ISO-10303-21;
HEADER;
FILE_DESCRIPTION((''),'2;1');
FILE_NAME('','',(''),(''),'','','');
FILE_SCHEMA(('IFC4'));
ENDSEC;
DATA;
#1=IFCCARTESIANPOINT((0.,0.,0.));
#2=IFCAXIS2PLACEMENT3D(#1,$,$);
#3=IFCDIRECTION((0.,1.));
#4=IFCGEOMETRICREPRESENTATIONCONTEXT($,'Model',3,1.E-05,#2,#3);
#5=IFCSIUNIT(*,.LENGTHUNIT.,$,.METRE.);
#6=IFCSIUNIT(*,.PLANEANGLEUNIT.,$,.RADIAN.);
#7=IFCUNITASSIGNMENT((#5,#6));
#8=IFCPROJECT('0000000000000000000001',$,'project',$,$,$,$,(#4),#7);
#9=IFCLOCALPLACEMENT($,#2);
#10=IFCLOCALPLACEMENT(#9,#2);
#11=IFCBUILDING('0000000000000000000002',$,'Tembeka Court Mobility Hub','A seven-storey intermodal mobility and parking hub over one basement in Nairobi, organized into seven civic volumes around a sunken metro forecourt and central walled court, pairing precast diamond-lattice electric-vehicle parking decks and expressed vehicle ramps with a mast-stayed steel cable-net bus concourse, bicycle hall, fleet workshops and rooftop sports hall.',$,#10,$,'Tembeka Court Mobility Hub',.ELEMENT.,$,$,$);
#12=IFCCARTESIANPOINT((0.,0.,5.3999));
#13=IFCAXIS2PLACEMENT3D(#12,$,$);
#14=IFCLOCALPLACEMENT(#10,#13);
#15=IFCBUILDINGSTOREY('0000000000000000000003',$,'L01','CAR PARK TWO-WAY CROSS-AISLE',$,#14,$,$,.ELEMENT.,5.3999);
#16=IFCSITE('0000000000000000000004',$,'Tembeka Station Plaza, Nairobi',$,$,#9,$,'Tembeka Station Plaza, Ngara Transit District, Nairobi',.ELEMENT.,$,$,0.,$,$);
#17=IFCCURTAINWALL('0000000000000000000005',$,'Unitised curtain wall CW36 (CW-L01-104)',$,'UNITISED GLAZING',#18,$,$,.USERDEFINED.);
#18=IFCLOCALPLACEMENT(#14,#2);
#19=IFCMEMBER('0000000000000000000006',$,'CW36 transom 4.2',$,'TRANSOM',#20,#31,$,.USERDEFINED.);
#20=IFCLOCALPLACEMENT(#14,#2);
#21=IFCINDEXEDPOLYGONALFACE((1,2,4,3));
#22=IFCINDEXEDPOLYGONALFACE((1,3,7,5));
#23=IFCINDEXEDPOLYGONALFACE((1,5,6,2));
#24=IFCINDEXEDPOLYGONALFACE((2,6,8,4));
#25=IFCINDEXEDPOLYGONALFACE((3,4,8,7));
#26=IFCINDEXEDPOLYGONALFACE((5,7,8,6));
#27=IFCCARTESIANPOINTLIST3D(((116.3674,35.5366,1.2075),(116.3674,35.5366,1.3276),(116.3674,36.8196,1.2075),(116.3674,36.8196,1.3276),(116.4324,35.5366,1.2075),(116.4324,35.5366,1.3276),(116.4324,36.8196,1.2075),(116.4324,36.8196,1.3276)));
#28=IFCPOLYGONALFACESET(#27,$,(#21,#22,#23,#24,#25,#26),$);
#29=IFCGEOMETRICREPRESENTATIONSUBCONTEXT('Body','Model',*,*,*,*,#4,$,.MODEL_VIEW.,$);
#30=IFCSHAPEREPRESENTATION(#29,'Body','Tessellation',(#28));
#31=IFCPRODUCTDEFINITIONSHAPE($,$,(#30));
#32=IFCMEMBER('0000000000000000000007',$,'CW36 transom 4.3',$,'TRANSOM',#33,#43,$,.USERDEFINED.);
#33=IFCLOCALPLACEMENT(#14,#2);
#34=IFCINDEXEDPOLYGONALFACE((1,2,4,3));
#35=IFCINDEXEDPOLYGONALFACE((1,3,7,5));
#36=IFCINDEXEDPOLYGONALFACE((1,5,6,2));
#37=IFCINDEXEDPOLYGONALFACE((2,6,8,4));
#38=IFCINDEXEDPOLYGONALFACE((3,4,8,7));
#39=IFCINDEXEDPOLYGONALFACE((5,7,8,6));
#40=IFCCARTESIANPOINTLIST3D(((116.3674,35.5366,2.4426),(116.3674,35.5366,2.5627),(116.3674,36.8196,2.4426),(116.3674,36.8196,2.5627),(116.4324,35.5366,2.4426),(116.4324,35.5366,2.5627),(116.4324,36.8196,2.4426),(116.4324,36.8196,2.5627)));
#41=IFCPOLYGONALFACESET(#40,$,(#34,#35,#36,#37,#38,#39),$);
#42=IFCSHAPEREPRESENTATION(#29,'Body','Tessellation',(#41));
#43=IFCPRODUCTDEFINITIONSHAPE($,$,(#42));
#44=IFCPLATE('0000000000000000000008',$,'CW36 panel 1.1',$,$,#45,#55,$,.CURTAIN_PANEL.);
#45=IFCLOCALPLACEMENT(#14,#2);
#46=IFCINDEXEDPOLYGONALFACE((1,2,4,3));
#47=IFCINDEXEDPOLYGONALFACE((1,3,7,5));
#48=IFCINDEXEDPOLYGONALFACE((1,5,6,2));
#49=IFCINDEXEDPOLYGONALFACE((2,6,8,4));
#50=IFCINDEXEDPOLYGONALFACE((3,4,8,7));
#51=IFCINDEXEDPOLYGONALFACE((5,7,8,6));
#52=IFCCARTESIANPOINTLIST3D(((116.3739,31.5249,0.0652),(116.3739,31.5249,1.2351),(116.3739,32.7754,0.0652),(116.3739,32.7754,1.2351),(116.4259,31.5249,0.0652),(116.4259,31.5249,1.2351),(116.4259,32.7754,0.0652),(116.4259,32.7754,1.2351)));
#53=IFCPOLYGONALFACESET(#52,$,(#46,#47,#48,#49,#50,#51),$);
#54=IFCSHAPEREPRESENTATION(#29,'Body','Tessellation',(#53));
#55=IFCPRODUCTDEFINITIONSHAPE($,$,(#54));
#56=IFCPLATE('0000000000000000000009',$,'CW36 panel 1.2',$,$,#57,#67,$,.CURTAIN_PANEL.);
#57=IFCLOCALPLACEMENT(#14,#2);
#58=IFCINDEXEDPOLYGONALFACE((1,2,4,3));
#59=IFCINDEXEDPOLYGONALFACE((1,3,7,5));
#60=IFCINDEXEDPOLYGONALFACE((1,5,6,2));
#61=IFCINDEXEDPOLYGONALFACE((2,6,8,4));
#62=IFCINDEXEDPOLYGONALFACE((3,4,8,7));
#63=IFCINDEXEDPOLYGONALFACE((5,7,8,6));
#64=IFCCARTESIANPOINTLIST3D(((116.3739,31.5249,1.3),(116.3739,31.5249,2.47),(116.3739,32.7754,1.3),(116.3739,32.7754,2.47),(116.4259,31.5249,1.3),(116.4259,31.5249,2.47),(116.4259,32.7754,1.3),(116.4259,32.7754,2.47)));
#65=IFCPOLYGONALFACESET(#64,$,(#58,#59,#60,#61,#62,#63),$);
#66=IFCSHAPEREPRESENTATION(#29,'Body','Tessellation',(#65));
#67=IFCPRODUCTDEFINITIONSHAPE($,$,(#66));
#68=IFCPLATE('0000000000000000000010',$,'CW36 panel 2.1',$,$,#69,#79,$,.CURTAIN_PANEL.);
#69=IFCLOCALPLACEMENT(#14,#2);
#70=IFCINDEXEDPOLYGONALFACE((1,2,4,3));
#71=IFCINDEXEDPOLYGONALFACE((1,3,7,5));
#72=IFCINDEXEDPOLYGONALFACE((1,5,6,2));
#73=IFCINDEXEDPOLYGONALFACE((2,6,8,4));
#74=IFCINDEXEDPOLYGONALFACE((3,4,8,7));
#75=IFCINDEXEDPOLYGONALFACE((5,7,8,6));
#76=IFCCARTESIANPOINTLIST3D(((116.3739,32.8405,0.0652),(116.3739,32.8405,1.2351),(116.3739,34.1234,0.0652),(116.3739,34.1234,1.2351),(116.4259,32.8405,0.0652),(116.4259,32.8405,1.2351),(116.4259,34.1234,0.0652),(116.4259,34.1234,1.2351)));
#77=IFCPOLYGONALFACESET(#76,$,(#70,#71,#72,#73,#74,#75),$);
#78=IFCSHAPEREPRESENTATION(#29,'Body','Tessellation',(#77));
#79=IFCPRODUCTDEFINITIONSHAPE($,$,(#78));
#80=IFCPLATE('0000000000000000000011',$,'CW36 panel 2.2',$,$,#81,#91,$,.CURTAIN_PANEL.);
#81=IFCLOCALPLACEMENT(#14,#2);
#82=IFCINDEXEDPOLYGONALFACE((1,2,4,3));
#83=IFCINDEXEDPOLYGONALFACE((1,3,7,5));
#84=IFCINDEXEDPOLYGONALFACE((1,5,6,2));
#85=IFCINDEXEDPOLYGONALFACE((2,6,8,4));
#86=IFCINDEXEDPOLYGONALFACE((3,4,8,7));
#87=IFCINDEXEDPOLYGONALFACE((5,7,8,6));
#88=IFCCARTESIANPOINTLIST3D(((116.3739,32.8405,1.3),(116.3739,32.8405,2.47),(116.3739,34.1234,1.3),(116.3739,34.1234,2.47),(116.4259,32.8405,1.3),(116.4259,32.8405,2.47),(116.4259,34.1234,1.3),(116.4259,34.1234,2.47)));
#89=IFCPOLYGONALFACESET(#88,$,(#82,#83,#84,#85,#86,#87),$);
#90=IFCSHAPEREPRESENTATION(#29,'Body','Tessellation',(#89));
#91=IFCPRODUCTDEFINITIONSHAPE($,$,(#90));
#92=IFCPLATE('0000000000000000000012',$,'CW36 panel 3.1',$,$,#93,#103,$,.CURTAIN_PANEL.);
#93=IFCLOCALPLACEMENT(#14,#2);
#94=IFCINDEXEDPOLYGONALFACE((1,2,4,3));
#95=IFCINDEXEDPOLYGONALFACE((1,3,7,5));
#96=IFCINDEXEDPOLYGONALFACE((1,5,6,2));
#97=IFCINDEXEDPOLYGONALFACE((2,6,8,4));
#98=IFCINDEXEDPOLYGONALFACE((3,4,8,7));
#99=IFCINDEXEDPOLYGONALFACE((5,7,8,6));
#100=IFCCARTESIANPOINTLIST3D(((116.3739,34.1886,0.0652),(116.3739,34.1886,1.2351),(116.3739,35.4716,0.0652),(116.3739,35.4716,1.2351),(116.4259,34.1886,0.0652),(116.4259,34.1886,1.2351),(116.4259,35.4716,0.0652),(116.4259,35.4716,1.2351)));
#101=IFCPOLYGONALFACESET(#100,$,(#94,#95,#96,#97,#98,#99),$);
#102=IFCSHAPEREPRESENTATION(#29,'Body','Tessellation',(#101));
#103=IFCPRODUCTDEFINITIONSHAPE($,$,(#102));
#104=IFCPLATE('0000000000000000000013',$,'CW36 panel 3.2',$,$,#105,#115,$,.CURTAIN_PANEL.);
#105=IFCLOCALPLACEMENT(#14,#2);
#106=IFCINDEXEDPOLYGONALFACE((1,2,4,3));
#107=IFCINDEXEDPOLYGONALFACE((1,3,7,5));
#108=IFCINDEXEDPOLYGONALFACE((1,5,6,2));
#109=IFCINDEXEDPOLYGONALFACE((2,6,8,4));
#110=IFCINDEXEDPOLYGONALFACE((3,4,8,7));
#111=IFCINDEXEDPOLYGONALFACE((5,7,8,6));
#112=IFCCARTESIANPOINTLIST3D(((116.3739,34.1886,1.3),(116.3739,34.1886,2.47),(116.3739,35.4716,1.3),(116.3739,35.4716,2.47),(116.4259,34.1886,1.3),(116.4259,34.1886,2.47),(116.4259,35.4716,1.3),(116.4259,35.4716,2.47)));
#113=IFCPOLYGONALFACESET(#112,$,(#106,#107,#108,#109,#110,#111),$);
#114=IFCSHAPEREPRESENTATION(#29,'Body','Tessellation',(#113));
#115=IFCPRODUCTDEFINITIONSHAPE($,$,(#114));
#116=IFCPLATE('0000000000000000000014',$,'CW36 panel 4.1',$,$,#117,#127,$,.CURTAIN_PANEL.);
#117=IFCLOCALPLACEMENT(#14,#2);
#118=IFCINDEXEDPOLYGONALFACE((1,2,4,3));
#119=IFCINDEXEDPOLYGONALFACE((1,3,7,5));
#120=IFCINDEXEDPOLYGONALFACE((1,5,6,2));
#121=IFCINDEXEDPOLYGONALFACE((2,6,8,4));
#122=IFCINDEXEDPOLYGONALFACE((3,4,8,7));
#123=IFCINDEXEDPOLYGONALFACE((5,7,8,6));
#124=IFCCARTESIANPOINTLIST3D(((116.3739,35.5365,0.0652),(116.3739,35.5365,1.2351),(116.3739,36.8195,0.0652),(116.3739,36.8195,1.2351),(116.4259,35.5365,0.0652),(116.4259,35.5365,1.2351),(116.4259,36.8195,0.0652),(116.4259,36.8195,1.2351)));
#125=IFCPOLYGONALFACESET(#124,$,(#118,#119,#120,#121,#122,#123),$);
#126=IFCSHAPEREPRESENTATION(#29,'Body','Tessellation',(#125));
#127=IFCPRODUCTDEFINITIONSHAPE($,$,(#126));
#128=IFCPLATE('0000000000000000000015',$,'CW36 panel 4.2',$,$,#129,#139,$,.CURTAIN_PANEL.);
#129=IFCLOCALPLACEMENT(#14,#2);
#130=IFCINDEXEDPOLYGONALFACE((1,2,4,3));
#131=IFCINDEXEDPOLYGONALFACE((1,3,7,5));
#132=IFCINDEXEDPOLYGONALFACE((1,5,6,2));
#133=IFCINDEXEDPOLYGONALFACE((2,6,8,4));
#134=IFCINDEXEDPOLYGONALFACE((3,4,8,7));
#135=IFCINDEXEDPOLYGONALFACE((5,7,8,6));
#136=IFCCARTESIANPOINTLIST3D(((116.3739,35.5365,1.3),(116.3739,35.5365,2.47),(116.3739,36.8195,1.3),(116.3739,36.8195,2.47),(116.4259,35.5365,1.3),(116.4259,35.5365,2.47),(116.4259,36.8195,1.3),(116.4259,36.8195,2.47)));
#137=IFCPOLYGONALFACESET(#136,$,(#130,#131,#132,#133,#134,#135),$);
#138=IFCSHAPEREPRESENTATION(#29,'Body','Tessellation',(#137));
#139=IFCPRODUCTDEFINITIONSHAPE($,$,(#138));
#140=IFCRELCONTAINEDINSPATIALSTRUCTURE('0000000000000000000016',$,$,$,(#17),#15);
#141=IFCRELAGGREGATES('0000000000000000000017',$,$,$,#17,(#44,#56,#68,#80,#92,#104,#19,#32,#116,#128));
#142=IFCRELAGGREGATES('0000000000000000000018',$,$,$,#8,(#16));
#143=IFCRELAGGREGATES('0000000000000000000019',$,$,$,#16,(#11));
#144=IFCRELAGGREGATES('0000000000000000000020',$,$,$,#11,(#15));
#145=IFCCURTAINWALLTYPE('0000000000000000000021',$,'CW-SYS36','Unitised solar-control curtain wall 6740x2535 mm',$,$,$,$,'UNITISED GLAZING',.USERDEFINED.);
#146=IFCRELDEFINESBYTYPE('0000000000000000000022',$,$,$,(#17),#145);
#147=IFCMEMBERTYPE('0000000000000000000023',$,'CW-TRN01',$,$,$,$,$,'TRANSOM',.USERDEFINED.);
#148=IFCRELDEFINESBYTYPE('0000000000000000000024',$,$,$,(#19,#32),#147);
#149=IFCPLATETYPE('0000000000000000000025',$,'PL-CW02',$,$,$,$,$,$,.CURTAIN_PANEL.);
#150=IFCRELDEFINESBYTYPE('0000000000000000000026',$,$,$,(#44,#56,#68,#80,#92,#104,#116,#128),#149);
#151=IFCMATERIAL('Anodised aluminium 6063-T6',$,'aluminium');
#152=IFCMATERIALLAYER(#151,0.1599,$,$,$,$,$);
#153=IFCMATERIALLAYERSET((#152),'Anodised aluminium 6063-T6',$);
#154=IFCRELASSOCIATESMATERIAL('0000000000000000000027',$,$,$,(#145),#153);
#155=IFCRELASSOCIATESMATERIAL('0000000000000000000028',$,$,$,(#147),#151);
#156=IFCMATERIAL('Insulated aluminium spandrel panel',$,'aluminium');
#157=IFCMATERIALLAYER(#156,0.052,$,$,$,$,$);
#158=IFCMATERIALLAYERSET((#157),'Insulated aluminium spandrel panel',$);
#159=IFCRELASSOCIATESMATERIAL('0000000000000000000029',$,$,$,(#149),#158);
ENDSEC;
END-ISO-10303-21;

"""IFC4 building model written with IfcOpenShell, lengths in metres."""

from ifc_helpers import new_model, si_unit, direction, frame, origin, origin_2d, place, context, subcontext, project, spatial, rectangle, extrude, material, layer, layer_set, material_profile, profile_set, type_object, element, aggregate, save


model = new_model("IFC4")

# Units and contexts
model_context = context("Model", 3, precision=1e-05, world=origin(), true_north=direction((0.0, 1.0)))
body_context = subcontext(model_context, "Body", "Model", "MODEL_VIEW")
ifc_project = project(units=[si_unit("LENGTHUNIT", "METRE"), si_unit("PLANEANGLEUNIT", "RADIAN")], contexts=[model_context])

# Site, building, storey
site_placement = place(None, origin())
site = spatial("IfcSite", under=ifc_project, at=site_placement, Name="Tembeka Station Plaza, Nairobi", LongName="Tembeka Station Plaza, Ngara Transit District, Nairobi", CompositionType="ELEMENT", RefElevation=0.0)
building_placement = place(site_placement, origin())
building = spatial("IfcBuilding", under=site, at=building_placement, Name="Tembeka Court Mobility Hub", Description="A seven-storey intermodal mobility and parking hub over one basement in Nairobi, organized into seven civic volumes around a sunken metro forecourt and central walled court, pairing precast diamond-lattice electric-vehicle parking decks and expressed vehicle ramps with a mast-stayed steel cable-net bus concourse, bicycle hall, fleet workshops and rooftop sports hall.", LongName="Tembeka Court Mobility Hub", CompositionType="ELEMENT")
storey_placement = place(building_placement, frame((0.0, 0.0, 5.3999)))
storey = spatial("IfcBuildingStorey", under=building, at=storey_placement, Name="L01", Description="CAR PARK TWO-WAY CROSS-AISLE", CompositionType="ELEMENT", Elevation=5.3999)

# Curtain wall, members, plates
ifc_material_1 = material(Name="Anodised aluminium 6063-T6", Category="aluminium")
ifc_layer_1 = layer(ifc_material_1, 0.1599)
ifc_layer_set_1 = layer_set([ifc_layer_1], Name="Anodised aluminium 6063-T6")
curtain_wall_type = type_object("IfcCurtainWallType", Name="CW-SYS36", Description="Unitised solar-control curtain wall 6740x2535 mm", ElementType="UNITISED GLAZING", PredefinedType="USERDEFINED", material=ifc_layer_set_1)
curtain_wall_placement = place(storey_placement, origin())
curtain_wall = element("IfcCurtainWall", 1, at=curtain_wall_placement, inside=storey, type_object=curtain_wall_type, Name="Unitised curtain wall CW36 (CW-L01-104)", ObjectType="UNITISED GLAZING", PredefinedType="USERDEFINED")
ifc_material_profile_1 = material_profile(ifc_material_1, rectangle(XDim=0.0649, YDim=0.1201, at=origin_2d()), Name="ALU-TRN 65x120")
ifc_profile_set_1 = profile_set([ifc_material_profile_1], Name="Anodised aluminium 6063-T6")
member_type_1 = type_object("IfcMemberType", Name="CW-TRN01", ElementType="TRANSOM", PredefinedType="USERDEFINED", material=ifc_profile_set_1)
member_1_placement = place(storey_placement, frame((116.3999, 35.5366, 1.2676), z_axis=(0.0, 1.0, 0.0), x_axis=(-1.0, 0.0, 0.0)))
member_1 = element("IfcMember", 2, at=member_1_placement, type_object=member_type_1, Name="CW36 transom 4.2", ObjectType="TRANSOM", PredefinedType="USERDEFINED", context=body_context, shape_type="SweptSolid", body=[
    extrude(rectangle(XDim=0.0649, YDim=0.1201, at=origin_2d()), origin(), (0.0, 0.0, 1.0), 1.283),
])
member_2_placement = place(storey_placement, frame((116.3999, 35.5366, 2.5027), z_axis=(0.0, 1.0, 0.0), x_axis=(-1.0, 0.0, 0.0)))
member_2 = element("IfcMember", 3, at=member_2_placement, type_object=member_type_1, Name="CW36 transom 4.3", ObjectType="TRANSOM", PredefinedType="USERDEFINED", context=body_context, shape_type="SweptSolid", body=[
    extrude(rectangle(XDim=0.0649, YDim=0.1201, at=origin_2d()), origin(), (0.0, 0.0, 1.0), 1.283),
])
ifc_material_2 = material(Name="Insulated aluminium spandrel panel", Category="aluminium")
ifc_layer_2 = layer(ifc_material_2, 0.052)
ifc_layer_set_2 = layer_set([ifc_layer_2], Name="Insulated aluminium spandrel panel")
plate_type = type_object("IfcPlateType", Name="PL-CW02", PredefinedType="CURTAIN_PANEL", material=ifc_layer_set_2)
plate_1_placement = place(storey_placement, frame((116.3999, 32.1501, 0.0652), z_axis=(0.0, 0.0, 1.0), x_axis=(0.0, 1.0, 0.0)))
plate_1 = element("IfcPlate", 4, at=plate_1_placement, type_object=plate_type, Name="CW36 panel 1.1", PredefinedType="CURTAIN_PANEL", context=body_context, shape_type="SweptSolid", body=[
    extrude(rectangle(XDim=1.2505, YDim=0.052, at=origin_2d()), origin(), (0.0, 0.0, 1.0), 1.1699),
])
plate_2_placement = place(storey_placement, frame((116.3999, 32.1501, 1.3), z_axis=(0.0, 0.0, 1.0), x_axis=(0.0, 1.0, 0.0)))
plate_2 = element("IfcPlate", 5, at=plate_2_placement, type_object=plate_type, Name="CW36 panel 1.2", PredefinedType="CURTAIN_PANEL", context=body_context, shape_type="SweptSolid", body=[
    extrude(rectangle(XDim=1.2505, YDim=0.052, at=origin_2d()), origin(), (0.0, 0.0, 1.0), 1.1699),
])
plate_3_placement = place(storey_placement, frame((116.3999, 33.4819, 0.0652), z_axis=(0.0, 0.0, 1.0), x_axis=(0.0, 1.0, 0.0)))
plate_3 = element("IfcPlate", 6, at=plate_3_placement, type_object=plate_type, Name="CW36 panel 2.1", PredefinedType="CURTAIN_PANEL", context=body_context, shape_type="SweptSolid", body=[
    extrude(rectangle(XDim=1.283, YDim=0.052, at=origin_2d()), origin(), (0.0, 0.0, 1.0), 1.1699),
])
plate_4_placement = place(storey_placement, frame((116.3999, 33.4819, 1.3), z_axis=(0.0, 0.0, 1.0), x_axis=(0.0, 1.0, 0.0)))
plate_4 = element("IfcPlate", 7, at=plate_4_placement, type_object=plate_type, Name="CW36 panel 2.2", PredefinedType="CURTAIN_PANEL", context=body_context, shape_type="SweptSolid", body=[
    extrude(rectangle(XDim=1.283, YDim=0.052, at=origin_2d()), origin(), (0.0, 0.0, 1.0), 1.1699),
])
plate_5_placement = place(storey_placement, frame((116.3999, 34.8301, 0.0652), z_axis=(0.0, 0.0, 1.0), x_axis=(0.0, 1.0, 0.0)))
plate_5 = element("IfcPlate", 8, at=plate_5_placement, type_object=plate_type, Name="CW36 panel 3.1", PredefinedType="CURTAIN_PANEL", context=body_context, shape_type="SweptSolid", body=[
    extrude(rectangle(XDim=1.283, YDim=0.052, at=origin_2d()), origin(), (0.0, 0.0, 1.0), 1.1699),
])
plate_6_placement = place(storey_placement, frame((116.3999, 34.8301, 1.3), z_axis=(0.0, 0.0, 1.0), x_axis=(0.0, 1.0, 0.0)))
plate_6 = element("IfcPlate", 9, at=plate_6_placement, type_object=plate_type, Name="CW36 panel 3.2", PredefinedType="CURTAIN_PANEL", context=body_context, shape_type="SweptSolid", body=[
    extrude(rectangle(XDim=1.283, YDim=0.052, at=origin_2d()), origin(), (0.0, 0.0, 1.0), 1.1699),
])
plate_7_placement = place(storey_placement, frame((116.3999, 36.178, 0.0652), z_axis=(0.0, 0.0, 1.0), x_axis=(0.0, 1.0, 0.0)))
plate_7 = element("IfcPlate", 10, at=plate_7_placement, type_object=plate_type, Name="CW36 panel 4.1", PredefinedType="CURTAIN_PANEL", context=body_context, shape_type="SweptSolid", body=[
    extrude(rectangle(XDim=1.283, YDim=0.052, at=origin_2d()), origin(), (0.0, 0.0, 1.0), 1.1699),
])
plate_8_placement = place(storey_placement, frame((116.3999, 36.178, 1.3), z_axis=(0.0, 0.0, 1.0), x_axis=(0.0, 1.0, 0.0)))
plate_8 = element("IfcPlate", 11, at=plate_8_placement, type_object=plate_type, Name="CW36 panel 4.2", PredefinedType="CURTAIN_PANEL", context=body_context, shape_type="SweptSolid", body=[
    extrude(rectangle(XDim=1.283, YDim=0.052, at=origin_2d()), origin(), (0.0, 0.0, 1.0), 1.1699),
])
aggregate(curtain_wall, [plate_1, plate_2, plate_3, plate_4, plate_5, plate_6, member_1, member_2, plate_7, plate_8])

save(model, "model.ifc")
